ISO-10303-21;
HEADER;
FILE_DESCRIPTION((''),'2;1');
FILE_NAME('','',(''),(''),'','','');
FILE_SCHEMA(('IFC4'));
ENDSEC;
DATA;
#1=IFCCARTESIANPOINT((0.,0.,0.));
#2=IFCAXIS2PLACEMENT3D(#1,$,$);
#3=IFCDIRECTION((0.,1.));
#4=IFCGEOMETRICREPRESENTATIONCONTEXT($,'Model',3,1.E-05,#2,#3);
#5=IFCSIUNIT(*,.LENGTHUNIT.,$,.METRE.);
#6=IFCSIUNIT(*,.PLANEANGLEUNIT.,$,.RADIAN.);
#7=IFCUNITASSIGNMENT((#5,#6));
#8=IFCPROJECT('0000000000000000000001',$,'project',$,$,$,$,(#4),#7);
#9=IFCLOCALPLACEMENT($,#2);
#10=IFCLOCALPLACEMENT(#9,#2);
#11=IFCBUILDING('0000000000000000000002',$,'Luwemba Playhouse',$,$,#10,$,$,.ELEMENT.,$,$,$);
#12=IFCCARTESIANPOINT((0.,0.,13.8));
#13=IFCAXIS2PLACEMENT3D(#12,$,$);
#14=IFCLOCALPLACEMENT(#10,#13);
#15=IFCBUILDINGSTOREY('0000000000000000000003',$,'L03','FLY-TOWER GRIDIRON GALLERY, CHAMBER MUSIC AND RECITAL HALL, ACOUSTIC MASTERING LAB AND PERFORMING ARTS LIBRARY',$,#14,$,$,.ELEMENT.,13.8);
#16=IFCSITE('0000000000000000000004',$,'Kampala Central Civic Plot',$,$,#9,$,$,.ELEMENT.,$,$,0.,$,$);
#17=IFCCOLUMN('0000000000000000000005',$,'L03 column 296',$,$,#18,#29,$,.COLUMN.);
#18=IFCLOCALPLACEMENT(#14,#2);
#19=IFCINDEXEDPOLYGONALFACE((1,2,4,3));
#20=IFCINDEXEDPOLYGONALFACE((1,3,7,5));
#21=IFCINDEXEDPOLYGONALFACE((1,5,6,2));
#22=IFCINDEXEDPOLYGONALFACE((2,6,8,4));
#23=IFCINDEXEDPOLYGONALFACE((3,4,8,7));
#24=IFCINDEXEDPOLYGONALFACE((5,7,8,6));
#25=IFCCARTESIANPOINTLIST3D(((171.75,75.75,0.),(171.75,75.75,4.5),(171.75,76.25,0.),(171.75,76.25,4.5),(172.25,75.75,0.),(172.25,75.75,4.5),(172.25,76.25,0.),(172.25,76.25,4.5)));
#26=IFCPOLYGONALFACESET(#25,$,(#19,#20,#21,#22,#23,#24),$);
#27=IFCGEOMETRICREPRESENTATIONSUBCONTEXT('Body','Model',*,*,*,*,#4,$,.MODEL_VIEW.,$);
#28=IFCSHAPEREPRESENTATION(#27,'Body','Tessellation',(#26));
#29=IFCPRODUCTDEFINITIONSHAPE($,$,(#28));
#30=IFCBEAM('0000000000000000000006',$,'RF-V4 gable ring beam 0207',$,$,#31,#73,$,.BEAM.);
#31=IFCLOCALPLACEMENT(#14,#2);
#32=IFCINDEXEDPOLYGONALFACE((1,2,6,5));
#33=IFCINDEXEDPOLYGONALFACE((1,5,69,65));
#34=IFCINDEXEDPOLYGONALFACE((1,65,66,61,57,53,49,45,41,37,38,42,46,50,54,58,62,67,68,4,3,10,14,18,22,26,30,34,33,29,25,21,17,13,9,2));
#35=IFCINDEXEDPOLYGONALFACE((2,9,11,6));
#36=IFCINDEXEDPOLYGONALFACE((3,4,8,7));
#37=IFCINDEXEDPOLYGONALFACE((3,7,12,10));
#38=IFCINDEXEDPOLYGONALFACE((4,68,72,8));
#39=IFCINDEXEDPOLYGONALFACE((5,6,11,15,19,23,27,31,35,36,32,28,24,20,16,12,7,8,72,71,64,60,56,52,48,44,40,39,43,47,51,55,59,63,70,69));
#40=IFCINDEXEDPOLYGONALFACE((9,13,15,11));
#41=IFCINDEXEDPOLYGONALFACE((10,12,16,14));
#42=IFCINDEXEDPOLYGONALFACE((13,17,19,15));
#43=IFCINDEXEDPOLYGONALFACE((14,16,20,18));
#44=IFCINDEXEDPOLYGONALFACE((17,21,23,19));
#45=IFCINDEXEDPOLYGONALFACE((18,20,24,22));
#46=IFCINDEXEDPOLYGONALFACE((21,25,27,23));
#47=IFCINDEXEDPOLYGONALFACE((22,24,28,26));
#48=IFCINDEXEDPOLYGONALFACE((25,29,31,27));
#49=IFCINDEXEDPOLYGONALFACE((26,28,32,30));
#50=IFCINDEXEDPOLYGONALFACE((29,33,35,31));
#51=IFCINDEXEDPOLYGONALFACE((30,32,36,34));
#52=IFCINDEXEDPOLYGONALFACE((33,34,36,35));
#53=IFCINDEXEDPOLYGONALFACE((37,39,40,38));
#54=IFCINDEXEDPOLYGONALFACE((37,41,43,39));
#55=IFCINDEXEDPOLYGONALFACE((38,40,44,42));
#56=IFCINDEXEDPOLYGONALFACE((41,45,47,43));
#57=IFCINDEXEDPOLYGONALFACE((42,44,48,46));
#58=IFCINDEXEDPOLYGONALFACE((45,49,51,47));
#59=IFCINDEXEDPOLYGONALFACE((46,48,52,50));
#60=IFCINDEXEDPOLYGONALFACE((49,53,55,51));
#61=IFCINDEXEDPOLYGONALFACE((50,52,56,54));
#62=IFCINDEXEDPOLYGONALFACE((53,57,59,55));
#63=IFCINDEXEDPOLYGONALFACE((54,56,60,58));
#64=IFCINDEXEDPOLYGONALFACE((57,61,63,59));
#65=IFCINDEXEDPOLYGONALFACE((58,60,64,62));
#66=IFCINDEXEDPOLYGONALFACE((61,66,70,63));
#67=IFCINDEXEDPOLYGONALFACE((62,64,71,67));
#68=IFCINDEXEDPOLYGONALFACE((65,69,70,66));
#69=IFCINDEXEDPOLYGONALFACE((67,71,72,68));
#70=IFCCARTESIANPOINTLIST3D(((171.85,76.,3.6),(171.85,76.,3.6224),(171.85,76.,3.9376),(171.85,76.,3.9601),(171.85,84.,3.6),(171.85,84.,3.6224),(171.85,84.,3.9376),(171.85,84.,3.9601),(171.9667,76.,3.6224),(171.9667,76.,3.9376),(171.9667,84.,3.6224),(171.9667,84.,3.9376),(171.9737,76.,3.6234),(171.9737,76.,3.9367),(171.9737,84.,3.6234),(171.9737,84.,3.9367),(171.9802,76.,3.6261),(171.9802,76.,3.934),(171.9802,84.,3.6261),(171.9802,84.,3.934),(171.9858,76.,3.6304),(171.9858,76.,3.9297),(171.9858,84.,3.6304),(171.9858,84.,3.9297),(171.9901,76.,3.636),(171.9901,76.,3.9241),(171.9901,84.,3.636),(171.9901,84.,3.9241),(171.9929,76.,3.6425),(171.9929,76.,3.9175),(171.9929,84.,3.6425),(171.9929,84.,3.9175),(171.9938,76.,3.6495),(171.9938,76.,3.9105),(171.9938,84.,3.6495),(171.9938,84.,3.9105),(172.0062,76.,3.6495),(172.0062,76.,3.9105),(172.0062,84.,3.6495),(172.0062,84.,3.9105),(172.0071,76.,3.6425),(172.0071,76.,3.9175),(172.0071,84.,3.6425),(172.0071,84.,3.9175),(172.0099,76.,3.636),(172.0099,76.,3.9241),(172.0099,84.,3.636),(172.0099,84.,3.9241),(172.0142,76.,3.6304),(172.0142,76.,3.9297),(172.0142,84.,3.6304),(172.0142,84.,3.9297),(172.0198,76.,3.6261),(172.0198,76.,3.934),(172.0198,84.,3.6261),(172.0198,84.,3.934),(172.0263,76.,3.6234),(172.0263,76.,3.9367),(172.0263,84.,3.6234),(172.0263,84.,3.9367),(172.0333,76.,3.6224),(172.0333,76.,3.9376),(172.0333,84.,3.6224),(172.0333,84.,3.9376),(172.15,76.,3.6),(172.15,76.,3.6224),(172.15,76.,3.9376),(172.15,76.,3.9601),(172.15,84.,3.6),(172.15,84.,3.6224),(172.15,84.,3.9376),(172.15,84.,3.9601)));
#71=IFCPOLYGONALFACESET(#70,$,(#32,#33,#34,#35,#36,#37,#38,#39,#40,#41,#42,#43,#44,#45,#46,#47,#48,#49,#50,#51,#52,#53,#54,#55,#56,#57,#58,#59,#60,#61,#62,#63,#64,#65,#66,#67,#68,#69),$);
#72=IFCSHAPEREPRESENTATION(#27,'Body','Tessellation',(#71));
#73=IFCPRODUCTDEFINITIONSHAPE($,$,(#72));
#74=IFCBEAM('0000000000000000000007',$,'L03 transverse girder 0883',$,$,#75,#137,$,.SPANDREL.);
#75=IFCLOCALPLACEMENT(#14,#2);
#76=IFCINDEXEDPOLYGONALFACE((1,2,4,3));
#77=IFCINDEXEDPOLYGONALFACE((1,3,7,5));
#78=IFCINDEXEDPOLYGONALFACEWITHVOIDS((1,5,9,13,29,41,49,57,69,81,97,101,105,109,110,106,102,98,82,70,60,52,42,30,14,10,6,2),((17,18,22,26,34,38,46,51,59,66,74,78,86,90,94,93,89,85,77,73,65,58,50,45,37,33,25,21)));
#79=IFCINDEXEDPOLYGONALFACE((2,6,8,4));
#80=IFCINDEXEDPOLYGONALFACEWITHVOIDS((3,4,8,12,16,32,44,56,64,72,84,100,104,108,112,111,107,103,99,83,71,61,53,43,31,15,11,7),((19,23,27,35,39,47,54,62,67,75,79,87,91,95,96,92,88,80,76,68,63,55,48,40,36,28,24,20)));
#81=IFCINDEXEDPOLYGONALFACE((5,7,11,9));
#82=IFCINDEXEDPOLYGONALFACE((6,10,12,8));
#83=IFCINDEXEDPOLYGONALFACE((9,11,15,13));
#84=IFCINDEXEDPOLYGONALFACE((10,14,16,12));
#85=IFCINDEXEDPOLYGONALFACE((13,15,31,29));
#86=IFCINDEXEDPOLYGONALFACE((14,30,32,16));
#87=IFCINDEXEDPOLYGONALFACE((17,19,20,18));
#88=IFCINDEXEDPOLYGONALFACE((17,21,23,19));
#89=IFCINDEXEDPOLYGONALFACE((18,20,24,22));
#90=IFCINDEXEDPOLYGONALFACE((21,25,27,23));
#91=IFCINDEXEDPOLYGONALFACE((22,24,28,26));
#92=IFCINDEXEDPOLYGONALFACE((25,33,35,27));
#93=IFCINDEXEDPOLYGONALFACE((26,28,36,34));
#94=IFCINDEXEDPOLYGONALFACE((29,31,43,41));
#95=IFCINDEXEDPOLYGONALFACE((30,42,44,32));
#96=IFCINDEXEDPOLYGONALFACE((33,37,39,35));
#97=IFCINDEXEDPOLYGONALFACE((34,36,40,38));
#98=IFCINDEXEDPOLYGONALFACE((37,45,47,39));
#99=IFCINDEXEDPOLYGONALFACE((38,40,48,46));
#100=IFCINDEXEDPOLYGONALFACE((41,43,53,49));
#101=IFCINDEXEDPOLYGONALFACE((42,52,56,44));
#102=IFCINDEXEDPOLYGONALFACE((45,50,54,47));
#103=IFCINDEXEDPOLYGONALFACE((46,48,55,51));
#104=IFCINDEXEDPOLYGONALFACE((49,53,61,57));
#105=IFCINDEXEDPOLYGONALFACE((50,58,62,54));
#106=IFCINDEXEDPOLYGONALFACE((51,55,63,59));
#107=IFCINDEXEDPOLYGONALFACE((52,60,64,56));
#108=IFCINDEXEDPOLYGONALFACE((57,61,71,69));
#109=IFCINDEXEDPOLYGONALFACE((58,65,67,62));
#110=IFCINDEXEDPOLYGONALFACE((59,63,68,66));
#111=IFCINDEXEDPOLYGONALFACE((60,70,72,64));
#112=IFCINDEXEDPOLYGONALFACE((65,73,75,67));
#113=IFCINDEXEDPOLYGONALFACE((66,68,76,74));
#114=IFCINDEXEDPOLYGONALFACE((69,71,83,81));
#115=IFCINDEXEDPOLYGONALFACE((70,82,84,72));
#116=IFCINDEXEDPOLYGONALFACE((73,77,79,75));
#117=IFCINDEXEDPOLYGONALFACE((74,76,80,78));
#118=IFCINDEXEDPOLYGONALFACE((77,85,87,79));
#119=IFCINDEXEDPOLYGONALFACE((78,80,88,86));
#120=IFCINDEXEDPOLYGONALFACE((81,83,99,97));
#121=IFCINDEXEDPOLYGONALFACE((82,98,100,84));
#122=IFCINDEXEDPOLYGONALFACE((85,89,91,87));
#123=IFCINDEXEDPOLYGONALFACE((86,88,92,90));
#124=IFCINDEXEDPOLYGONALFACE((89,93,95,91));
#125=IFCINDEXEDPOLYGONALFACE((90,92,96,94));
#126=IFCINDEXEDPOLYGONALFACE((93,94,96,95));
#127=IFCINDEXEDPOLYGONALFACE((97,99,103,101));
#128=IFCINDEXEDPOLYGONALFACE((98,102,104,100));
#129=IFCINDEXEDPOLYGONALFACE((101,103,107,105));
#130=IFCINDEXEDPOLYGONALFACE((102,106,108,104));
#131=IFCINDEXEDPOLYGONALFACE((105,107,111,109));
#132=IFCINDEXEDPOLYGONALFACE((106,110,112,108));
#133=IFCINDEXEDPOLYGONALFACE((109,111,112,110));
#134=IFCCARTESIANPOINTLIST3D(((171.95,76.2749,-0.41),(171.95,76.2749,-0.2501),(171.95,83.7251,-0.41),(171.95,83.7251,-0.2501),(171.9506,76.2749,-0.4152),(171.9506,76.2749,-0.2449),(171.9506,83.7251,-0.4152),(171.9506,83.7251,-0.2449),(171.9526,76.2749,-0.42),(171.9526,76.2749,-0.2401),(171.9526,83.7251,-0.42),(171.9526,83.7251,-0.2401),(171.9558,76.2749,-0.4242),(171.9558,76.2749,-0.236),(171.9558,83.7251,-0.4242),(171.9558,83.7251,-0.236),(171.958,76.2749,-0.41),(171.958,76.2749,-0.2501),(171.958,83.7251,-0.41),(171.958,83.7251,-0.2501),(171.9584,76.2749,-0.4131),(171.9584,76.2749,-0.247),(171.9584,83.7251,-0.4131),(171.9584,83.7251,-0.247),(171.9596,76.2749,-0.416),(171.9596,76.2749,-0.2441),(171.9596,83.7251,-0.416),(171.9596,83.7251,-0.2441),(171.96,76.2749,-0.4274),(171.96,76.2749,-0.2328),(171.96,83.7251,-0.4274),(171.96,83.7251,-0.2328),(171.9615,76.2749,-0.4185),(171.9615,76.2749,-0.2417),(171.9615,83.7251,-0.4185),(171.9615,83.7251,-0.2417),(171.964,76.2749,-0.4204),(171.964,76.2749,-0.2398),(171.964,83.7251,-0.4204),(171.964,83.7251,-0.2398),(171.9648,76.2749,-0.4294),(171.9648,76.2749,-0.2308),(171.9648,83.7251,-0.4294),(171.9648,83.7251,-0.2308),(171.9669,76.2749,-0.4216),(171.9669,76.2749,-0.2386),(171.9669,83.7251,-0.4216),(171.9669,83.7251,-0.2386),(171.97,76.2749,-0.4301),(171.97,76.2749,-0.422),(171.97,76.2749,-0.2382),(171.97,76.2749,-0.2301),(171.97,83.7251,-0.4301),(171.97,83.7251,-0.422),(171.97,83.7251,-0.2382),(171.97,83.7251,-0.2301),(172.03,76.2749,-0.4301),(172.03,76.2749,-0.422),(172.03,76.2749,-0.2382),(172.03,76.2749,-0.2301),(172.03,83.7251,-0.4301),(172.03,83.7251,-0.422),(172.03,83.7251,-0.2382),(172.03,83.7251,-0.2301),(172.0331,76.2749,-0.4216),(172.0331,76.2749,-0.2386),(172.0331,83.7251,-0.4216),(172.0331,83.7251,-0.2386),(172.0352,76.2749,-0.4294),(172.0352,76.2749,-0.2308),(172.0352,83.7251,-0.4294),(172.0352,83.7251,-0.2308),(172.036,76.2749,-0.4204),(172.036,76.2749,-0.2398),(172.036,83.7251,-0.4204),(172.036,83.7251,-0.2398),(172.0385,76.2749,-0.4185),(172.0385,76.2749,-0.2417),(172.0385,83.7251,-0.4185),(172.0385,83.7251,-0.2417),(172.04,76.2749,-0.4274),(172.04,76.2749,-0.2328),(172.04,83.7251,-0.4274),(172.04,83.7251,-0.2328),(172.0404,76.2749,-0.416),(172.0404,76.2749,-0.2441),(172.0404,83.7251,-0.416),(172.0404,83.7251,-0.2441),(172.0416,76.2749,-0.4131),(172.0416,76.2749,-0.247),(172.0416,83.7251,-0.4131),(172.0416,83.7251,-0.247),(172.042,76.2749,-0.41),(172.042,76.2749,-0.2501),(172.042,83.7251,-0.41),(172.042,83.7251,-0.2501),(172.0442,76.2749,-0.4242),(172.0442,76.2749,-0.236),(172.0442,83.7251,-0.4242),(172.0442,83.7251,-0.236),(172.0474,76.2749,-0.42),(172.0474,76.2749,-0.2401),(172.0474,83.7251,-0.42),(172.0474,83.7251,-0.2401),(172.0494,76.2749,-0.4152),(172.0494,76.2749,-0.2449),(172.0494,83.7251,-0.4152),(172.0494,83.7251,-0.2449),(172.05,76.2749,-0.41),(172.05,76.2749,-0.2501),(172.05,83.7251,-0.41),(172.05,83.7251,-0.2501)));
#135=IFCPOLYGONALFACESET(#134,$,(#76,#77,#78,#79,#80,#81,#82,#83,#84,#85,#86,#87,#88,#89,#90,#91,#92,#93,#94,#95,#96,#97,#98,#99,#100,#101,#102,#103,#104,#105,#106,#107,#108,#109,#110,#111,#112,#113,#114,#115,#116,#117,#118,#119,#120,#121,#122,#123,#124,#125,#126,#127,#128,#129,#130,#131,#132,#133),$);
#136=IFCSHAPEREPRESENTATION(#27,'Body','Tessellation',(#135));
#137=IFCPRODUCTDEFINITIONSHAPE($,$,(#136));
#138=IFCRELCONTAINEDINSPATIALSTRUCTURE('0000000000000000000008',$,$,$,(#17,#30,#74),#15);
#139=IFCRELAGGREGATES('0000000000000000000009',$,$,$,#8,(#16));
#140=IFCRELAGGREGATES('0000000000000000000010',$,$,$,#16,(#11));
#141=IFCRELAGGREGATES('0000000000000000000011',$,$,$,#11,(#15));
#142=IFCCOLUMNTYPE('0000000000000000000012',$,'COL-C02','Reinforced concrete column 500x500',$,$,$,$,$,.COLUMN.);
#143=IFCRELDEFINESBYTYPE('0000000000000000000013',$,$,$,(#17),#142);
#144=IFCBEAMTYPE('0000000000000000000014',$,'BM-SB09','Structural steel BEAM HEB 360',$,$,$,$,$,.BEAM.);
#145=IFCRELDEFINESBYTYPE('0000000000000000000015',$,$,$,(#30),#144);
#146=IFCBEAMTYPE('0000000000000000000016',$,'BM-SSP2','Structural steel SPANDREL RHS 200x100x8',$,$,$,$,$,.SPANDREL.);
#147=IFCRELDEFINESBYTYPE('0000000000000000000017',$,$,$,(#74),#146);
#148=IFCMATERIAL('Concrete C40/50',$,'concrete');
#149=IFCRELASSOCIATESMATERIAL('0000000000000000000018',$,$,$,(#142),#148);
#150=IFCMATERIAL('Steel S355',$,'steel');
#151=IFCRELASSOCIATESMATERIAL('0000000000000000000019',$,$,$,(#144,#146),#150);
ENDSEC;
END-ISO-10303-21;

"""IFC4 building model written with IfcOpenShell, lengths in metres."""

from ifc_helpers import new_model, si_unit, direction, frame, origin, origin_2d, place, context, subcontext, project, spatial, rectangle, hollow_rectangle, i_section, extrude, material, material_profile, profile_set, type_object, element, save


model = new_model("IFC4")

# Units and contexts
model_context = context("Model", 3, precision=1e-05, world=origin(), true_north=direction((0.0, 1.0)))
body_context = subcontext(model_context, "Body", "Model", "MODEL_VIEW")
ifc_project = project(units=[si_unit("LENGTHUNIT", "METRE"), si_unit("PLANEANGLEUNIT", "RADIAN")], contexts=[model_context])

# Site, building, storey
site_placement = place(None, origin())
site = spatial("IfcSite", under=ifc_project, at=site_placement, Name="Kampala Central Civic Plot", CompositionType="ELEMENT", RefElevation=0.0)
building_placement = place(site_placement, origin())
building = spatial("IfcBuilding", under=site, at=building_placement, Name="Luwemba Playhouse", CompositionType="ELEMENT")
storey_placement = place(building_placement, frame((0.0, 0.0, 13.8)))
storey = spatial("IfcBuildingStorey", under=building, at=storey_placement, Name="L03", Description="FLY-TOWER GRIDIRON GALLERY, CHAMBER MUSIC AND RECITAL HALL, ACOUSTIC MASTERING LAB AND PERFORMING ARTS LIBRARY", CompositionType="ELEMENT", Elevation=13.8)

# Column
ifc_material_1 = material(Name="Concrete C40/50", Category="concrete")
ifc_material_profile_1 = material_profile(ifc_material_1, rectangle(XDim=0.5, YDim=0.5, at=origin_2d()))
ifc_profile_set_1 = profile_set([ifc_material_profile_1], Name="Concrete C40/50")
column_type = type_object("IfcColumnType", Name="COL-C02", Description="Reinforced concrete column 500x500", PredefinedType="COLUMN", material=ifc_profile_set_1)
column_placement = place(storey_placement, frame((172.0, 76.0, 0.0), z_axis=(0.0, 0.0, 1.0), x_axis=(1.0, 0.0, 0.0)))
element("IfcColumn", 1, at=column_placement, inside=storey, type_object=column_type, Name="L03 column 296", PredefinedType="COLUMN", context=body_context, shape_type="SweptSolid", body=[
    extrude(rectangle(XDim=0.5, YDim=0.5, at=origin_2d()), origin(), (0.0, 0.0, 1.0), 4.5),
])

# Beams
ifc_material_2 = material(Name="Steel S355", Category="steel")
ifc_material_profile_2 = material_profile(ifc_material_2, i_section(OverallWidth=0.3, OverallDepth=0.3601, WebThickness=0.0125, FlangeThickness=0.0225, FilletRadius=0.0271, at=origin_2d()))
ifc_profile_set_2 = profile_set([ifc_material_profile_2], Name="Steel S355")
beam_type_1 = type_object("IfcBeamType", Name="BM-SB09", Description="Structural steel BEAM HEB 360", PredefinedType="BEAM", material=ifc_profile_set_2)
beam_1_placement = place(storey_placement, frame((172.0, 76.0, 3.78), z_axis=(0.0, 1.0, 0.0), x_axis=(-1.0, 0.0, 0.0)))
element("IfcBeam", 2, at=beam_1_placement, inside=storey, type_object=beam_type_1, Name="RF-V4 gable ring beam 0207", PredefinedType="BEAM", context=body_context, shape_type="SweptSolid", body=[
    extrude(i_section(OverallWidth=0.3, OverallDepth=0.3601, WebThickness=0.0125, FlangeThickness=0.0225, FilletRadius=0.0271, at=origin_2d()), origin(), (0.0, 0.0, 1.0), 8.0),
])
ifc_material_profile_3 = material_profile(ifc_material_2, hollow_rectangle(XDim=0.1001, YDim=0.2, WallThickness=0.0081, InnerFilletRadius=0.012, OuterFilletRadius=0.02, at=origin_2d()))
ifc_profile_set_3 = profile_set([ifc_material_profile_3], Name="Steel S355")
beam_type_2 = type_object("IfcBeamType", Name="BM-SSP2", Description="Structural steel SPANDREL RHS 200x100x8", PredefinedType="SPANDREL", material=ifc_profile_set_3)
beam_2_placement = place(storey_placement, frame((172.0, 76.2749, -0.3301), z_axis=(0.0, 1.0, 0.0), x_axis=(-1.0, 0.0, 0.0)))
element("IfcBeam", 3, at=beam_2_placement, inside=storey, type_object=beam_type_2, Name="L03 transverse girder 0883", PredefinedType="SPANDREL", context=body_context, shape_type="SweptSolid", body=[
    extrude(hollow_rectangle(XDim=0.1001, YDim=0.2, WallThickness=0.0081, InnerFilletRadius=0.012, OuterFilletRadius=0.02, at=origin_2d()), origin(), (0.0, 0.0, 1.0), 7.4502),
])

save(model, "model.ifc")
